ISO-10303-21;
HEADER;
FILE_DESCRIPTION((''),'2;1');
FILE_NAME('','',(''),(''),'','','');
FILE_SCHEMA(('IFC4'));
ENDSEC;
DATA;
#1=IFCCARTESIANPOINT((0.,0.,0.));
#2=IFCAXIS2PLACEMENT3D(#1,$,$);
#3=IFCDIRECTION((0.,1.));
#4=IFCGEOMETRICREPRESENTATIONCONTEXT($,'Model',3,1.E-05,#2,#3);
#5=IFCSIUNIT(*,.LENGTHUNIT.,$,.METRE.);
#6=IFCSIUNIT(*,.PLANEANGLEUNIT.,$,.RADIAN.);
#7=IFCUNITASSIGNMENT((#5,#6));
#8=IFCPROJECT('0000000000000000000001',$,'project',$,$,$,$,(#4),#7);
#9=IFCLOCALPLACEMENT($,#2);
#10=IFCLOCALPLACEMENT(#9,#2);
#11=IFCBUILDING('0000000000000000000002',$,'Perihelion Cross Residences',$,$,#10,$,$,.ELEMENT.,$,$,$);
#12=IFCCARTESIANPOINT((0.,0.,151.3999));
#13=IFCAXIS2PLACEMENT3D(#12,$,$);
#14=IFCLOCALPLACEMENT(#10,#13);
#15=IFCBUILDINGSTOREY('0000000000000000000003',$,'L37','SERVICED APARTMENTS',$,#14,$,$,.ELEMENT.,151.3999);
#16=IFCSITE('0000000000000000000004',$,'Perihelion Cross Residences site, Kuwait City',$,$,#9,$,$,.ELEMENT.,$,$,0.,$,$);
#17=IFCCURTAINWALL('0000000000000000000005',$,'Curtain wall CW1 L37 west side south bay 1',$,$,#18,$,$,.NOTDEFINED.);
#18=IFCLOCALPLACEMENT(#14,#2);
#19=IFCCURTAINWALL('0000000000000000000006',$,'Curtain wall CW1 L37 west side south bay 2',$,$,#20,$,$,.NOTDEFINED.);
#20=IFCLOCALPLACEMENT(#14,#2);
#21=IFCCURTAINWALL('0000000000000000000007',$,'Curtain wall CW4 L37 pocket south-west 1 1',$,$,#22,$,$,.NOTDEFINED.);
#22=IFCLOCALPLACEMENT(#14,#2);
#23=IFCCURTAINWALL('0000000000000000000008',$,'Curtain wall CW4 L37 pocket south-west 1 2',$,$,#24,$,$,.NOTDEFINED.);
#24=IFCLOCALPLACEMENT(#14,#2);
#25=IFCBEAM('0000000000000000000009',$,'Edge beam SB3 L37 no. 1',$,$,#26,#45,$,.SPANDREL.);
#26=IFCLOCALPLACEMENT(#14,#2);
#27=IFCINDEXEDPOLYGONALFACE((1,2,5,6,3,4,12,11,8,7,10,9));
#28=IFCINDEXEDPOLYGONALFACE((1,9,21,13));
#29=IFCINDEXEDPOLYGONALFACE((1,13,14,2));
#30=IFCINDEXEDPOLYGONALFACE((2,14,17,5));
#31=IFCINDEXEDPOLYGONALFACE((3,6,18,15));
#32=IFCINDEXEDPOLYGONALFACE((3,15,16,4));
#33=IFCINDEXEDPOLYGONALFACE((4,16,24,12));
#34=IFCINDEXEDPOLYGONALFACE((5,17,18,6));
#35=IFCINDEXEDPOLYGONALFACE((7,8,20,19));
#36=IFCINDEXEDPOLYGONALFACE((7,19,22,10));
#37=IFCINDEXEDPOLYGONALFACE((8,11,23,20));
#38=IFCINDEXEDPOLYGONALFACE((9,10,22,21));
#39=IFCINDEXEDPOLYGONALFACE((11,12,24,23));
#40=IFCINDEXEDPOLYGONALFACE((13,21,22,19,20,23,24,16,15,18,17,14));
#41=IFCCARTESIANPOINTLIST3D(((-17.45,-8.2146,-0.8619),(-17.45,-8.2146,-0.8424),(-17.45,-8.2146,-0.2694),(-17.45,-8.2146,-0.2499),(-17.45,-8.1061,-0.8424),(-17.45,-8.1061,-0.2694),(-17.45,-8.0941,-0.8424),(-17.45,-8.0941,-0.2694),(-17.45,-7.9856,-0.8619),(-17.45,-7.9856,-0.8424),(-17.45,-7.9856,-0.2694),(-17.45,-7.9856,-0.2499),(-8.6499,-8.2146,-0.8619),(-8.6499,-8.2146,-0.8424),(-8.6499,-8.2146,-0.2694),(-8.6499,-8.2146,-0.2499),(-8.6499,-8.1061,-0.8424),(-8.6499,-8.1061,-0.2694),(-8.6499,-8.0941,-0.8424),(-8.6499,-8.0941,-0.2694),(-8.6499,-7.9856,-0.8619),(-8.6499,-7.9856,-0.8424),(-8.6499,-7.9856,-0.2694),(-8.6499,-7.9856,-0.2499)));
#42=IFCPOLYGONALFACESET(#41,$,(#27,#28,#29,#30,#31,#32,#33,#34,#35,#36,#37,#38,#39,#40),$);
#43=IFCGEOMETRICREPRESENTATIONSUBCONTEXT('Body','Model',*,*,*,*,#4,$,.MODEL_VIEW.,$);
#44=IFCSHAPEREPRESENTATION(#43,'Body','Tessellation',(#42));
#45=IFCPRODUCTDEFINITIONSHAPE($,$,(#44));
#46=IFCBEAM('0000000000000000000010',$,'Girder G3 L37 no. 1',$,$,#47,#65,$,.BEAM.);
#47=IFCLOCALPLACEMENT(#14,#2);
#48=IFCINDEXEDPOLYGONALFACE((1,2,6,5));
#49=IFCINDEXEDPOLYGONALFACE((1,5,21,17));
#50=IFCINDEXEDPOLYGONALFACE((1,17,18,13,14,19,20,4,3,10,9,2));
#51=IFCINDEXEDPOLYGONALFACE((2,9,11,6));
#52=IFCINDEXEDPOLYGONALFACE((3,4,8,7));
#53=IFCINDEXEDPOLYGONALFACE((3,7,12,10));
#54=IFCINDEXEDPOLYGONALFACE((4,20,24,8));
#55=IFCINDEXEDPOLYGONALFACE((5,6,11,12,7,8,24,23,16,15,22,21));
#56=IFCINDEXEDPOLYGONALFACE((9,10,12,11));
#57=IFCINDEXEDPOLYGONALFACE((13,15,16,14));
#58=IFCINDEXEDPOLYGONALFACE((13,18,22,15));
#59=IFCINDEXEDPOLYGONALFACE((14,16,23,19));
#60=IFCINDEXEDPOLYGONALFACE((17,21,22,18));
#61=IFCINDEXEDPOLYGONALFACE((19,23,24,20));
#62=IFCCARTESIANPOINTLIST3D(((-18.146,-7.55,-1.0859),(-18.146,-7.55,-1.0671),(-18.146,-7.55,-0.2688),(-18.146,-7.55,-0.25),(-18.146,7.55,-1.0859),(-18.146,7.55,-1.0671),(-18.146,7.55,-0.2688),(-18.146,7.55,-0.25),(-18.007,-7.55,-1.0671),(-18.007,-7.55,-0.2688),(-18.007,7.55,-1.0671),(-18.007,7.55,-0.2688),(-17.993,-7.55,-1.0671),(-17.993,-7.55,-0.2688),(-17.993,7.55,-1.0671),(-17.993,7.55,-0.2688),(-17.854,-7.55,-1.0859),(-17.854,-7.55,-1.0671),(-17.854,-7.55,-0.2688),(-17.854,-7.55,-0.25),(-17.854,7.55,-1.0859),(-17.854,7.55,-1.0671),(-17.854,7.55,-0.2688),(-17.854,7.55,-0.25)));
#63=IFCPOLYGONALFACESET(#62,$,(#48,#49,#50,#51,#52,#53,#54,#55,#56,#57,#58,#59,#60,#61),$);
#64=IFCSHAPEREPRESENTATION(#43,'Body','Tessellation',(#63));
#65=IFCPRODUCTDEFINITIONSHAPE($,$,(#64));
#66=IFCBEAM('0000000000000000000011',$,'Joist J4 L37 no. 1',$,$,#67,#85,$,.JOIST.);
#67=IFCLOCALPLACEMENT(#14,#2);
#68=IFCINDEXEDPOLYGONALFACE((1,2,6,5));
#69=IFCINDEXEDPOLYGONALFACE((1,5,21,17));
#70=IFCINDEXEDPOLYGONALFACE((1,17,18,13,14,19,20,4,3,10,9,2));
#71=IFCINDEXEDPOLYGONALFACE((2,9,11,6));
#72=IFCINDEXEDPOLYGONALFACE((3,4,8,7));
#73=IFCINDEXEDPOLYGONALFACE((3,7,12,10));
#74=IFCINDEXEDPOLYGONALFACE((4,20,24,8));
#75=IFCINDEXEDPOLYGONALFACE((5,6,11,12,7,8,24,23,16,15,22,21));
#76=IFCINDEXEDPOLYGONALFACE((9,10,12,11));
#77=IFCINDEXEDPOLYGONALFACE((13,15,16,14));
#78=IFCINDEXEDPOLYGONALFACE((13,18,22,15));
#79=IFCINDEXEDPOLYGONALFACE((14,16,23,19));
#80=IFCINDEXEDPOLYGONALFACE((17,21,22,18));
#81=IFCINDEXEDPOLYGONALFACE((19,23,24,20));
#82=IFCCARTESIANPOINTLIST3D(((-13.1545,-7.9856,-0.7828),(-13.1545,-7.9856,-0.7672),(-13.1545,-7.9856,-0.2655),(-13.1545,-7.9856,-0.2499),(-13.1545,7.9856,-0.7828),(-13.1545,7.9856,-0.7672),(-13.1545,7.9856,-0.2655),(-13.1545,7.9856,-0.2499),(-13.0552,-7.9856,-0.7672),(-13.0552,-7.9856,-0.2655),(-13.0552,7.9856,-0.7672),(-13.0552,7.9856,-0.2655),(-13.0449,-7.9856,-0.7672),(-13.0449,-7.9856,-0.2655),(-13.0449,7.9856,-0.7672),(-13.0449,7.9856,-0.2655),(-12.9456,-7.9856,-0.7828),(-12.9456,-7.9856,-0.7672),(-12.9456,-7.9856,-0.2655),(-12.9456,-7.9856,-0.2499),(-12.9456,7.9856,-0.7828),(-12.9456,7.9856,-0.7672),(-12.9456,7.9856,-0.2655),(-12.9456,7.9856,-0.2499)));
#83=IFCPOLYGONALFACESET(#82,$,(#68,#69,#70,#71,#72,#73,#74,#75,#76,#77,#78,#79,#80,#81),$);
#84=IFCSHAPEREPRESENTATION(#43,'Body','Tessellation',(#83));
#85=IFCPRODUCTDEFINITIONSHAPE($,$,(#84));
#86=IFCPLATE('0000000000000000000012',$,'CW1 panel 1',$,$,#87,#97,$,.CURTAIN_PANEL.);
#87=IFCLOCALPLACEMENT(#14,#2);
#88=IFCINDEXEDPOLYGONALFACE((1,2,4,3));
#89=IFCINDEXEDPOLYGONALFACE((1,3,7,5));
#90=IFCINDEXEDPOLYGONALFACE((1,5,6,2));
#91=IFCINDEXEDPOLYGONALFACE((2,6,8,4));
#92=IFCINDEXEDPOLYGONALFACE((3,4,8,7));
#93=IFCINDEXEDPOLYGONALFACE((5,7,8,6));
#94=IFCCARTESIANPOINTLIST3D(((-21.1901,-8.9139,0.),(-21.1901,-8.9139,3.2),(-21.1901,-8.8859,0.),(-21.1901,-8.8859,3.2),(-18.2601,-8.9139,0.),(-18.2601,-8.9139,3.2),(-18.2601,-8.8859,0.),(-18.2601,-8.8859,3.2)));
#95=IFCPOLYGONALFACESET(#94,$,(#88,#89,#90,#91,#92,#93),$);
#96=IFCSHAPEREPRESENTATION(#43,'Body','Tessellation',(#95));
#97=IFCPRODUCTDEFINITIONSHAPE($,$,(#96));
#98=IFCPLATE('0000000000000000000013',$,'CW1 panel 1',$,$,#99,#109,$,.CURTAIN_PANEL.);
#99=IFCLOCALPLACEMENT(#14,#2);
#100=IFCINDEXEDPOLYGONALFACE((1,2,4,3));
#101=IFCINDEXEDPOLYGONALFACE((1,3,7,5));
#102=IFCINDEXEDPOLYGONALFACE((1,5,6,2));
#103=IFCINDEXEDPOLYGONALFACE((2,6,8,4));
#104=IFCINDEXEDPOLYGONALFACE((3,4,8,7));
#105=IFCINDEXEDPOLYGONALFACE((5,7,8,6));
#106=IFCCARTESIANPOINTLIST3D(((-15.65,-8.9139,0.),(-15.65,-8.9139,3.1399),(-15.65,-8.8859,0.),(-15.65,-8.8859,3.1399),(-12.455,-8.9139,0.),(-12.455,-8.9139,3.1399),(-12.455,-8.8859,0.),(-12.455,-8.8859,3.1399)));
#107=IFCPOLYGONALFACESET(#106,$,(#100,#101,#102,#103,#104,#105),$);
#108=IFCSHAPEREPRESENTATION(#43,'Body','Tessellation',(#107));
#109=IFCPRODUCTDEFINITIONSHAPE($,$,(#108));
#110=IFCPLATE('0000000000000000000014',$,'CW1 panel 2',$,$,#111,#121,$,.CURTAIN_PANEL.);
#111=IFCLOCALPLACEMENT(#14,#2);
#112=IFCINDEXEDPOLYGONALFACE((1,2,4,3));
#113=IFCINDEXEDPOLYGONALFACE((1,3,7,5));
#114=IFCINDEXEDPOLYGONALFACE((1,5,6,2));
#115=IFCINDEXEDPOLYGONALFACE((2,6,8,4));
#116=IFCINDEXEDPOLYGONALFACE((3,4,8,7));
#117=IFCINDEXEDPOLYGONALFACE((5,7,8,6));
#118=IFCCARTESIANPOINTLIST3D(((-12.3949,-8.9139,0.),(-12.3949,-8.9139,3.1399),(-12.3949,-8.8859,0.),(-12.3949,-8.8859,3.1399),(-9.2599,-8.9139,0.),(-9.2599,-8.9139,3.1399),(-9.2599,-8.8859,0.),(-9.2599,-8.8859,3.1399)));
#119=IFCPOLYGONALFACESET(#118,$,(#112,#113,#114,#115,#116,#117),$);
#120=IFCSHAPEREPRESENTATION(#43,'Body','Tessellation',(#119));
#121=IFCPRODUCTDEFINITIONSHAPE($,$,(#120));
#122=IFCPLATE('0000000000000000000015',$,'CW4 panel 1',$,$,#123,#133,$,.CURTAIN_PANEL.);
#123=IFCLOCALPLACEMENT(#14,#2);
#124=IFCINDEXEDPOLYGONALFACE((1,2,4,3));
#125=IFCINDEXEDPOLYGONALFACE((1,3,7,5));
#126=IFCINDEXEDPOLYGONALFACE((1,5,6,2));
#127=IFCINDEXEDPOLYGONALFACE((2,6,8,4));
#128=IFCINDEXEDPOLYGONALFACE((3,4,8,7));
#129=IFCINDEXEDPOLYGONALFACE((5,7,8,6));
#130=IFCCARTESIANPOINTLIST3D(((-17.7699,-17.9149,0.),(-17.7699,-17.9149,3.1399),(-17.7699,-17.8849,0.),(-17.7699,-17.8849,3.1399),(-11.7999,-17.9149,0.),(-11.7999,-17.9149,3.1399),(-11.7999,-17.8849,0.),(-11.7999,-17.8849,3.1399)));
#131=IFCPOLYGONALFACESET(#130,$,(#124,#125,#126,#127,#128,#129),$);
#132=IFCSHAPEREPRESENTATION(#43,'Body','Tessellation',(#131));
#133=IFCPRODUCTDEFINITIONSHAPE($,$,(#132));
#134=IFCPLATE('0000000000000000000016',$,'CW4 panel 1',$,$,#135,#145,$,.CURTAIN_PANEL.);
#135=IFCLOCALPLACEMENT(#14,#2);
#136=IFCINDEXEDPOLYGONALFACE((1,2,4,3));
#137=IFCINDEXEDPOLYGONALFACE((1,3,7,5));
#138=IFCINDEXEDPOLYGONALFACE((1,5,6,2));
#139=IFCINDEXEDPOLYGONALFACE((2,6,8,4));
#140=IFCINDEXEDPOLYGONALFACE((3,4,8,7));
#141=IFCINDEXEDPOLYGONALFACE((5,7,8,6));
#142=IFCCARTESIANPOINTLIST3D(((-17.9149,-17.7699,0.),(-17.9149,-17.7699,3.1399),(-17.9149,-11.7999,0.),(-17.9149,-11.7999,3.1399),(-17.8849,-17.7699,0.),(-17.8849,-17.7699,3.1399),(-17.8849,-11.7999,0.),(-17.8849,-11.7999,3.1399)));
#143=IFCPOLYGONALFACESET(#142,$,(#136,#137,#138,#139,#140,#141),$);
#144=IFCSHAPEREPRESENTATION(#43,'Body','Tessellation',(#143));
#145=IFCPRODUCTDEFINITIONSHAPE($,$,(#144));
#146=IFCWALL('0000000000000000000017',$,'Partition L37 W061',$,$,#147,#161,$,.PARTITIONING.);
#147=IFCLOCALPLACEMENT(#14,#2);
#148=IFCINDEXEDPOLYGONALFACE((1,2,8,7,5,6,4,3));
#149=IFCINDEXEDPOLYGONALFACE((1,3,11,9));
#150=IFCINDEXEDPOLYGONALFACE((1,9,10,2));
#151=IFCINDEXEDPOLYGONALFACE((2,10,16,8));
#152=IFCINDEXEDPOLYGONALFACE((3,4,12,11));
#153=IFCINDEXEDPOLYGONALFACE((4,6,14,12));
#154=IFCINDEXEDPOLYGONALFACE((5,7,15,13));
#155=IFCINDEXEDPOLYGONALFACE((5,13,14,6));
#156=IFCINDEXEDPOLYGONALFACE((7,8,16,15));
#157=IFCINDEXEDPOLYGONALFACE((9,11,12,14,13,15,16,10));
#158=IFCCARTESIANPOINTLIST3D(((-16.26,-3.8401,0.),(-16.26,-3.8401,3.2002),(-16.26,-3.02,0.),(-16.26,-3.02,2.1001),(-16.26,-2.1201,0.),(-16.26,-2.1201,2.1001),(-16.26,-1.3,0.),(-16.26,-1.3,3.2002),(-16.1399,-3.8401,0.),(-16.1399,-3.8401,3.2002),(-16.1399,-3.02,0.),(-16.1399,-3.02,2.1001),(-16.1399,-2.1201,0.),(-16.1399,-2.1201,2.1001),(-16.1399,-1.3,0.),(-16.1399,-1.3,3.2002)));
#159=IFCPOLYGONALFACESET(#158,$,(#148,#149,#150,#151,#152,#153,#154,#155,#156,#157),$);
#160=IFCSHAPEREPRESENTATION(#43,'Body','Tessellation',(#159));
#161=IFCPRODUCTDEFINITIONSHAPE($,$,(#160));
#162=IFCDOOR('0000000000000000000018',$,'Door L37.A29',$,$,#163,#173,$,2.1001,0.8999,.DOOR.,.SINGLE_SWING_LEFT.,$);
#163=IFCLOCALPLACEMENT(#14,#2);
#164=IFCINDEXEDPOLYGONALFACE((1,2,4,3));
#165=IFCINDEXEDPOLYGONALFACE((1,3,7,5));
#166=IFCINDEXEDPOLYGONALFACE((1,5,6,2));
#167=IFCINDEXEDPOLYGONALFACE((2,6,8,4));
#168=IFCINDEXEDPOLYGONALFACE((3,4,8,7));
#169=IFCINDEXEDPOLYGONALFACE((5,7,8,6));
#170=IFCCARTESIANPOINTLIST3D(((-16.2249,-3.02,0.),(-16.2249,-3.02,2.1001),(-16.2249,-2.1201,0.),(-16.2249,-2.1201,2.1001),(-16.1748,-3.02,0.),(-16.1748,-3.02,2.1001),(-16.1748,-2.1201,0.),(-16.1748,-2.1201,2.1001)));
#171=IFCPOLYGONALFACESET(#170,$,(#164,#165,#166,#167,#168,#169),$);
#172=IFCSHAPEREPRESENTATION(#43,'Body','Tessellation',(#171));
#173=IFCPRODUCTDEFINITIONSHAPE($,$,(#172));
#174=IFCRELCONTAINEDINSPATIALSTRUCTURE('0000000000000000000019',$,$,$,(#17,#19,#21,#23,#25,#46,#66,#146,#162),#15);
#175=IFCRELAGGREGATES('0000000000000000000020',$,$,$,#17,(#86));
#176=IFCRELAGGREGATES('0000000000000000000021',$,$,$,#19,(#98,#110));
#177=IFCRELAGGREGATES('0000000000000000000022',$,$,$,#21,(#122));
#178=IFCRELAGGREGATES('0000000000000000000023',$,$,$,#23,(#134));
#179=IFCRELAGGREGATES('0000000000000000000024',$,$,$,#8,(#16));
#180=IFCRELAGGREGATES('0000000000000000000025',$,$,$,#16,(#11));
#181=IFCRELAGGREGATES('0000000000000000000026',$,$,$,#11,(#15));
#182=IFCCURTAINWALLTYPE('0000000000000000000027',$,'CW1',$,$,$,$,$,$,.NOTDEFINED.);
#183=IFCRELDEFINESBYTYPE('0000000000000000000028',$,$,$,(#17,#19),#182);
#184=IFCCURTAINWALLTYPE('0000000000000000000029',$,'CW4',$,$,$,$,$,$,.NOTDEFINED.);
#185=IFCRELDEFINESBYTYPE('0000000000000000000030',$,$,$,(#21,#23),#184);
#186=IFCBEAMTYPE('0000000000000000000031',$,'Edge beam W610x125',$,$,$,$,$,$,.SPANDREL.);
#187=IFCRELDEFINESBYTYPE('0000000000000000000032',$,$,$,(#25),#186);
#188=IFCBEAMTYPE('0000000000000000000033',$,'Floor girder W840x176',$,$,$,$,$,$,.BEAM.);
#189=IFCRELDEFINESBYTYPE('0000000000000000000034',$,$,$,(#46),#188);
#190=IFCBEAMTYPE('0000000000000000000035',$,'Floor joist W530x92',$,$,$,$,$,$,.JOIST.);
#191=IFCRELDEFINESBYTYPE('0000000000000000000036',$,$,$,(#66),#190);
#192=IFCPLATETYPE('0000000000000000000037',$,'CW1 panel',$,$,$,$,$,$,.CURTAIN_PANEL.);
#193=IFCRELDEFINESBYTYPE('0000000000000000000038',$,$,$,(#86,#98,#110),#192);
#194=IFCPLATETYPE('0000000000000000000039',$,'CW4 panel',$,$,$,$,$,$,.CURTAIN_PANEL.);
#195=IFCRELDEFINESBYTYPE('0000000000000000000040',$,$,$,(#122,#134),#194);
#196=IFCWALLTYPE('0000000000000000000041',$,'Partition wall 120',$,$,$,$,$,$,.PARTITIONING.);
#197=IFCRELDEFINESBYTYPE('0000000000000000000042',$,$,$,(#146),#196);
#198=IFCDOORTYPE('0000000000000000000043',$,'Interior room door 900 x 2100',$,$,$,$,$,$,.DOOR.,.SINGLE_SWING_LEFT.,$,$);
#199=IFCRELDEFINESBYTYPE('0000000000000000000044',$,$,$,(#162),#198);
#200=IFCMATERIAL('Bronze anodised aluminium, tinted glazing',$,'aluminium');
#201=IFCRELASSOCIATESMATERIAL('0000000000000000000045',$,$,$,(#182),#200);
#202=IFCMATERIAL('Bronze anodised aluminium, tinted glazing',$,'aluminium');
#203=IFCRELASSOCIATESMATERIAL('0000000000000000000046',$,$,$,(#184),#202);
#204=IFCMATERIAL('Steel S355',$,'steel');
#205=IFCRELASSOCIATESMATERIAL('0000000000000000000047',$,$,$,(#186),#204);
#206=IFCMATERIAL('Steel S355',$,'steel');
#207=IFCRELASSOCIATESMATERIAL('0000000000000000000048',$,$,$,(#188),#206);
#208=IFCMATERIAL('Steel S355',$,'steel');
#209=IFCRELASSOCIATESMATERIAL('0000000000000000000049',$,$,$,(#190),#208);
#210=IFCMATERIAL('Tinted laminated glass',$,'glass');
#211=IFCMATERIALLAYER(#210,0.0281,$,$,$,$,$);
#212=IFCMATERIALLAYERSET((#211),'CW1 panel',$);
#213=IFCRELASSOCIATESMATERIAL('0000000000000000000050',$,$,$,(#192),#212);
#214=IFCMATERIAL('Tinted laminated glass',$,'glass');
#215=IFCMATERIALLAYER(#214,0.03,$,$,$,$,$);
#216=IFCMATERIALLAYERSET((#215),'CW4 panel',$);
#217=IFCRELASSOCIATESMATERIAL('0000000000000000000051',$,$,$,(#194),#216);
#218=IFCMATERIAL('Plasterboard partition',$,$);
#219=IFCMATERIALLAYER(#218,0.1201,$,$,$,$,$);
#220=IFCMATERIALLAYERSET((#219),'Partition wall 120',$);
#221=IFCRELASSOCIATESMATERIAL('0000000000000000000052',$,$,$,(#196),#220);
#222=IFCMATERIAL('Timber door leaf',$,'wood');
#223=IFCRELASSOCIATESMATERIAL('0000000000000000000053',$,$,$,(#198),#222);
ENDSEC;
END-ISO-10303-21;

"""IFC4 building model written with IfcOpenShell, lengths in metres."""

from ifc_helpers import new_model, si_unit, direction, frame, frame_2d, origin, origin_2d, place, context, subcontext, project, spatial, rectangle, i_section, extrude, material, layer, layer_set, material_profile, profile_set, type_object, element, fill, aggregate, save


model = new_model("IFC4")

# Units and contexts
model_context = context("Model", 3, precision=1e-05, world=origin(), true_north=direction((0.0, 1.0)))
body_context = subcontext(model_context, "Body", "Model", "MODEL_VIEW")
ifc_project = project(units=[si_unit("LENGTHUNIT", "METRE"), si_unit("PLANEANGLEUNIT", "RADIAN")], contexts=[model_context])

# Site, building, storey
site_placement = place(None, origin())
site = spatial("IfcSite", under=ifc_project, at=site_placement, Name="Perihelion Cross Residences site, Kuwait City", CompositionType="ELEMENT", RefElevation=0.0)
building_placement = place(site_placement, origin())
building = spatial("IfcBuilding", under=site, at=building_placement, Name="Perihelion Cross Residences", CompositionType="ELEMENT")
storey_placement = place(building_placement, frame((0.0, 0.0, 151.3999)))
storey = spatial("IfcBuildingStorey", under=building, at=storey_placement, Name="L37", Description="SERVICED APARTMENTS", CompositionType="ELEMENT", Elevation=151.3999)

# Curtain wall
ifc_material_1 = material(Name="Bronze anodised aluminium, tinted glazing", Category="aluminium")
curtain_wall_type_1 = type_object("IfcCurtainWallType", Name="CW1", PredefinedType="NOTDEFINED", material=ifc_material_1)
curtain_wall_1_placement = place(storey_placement, origin())
curtain_wall_1 = element("IfcCurtainWall", 1, at=curtain_wall_1_placement, inside=storey, type_object=curtain_wall_type_1, Name="Curtain wall CW1 L37 west side south bay 1", PredefinedType="NOTDEFINED")

# Curtain walls
curtain_wall_2_placement = place(storey_placement, origin())
curtain_wall_2 = element("IfcCurtainWall", 2, at=curtain_wall_2_placement, inside=storey, type_object=curtain_wall_type_1, Name="Curtain wall CW1 L37 west side south bay 2", PredefinedType="NOTDEFINED")
ifc_material_2 = material(Name="Bronze anodised aluminium, tinted glazing", Category="aluminium")
curtain_wall_type_2 = type_object("IfcCurtainWallType", Name="CW4", PredefinedType="NOTDEFINED", material=ifc_material_2)
curtain_wall_3_placement = place(storey_placement, origin())
curtain_wall_3 = element("IfcCurtainWall", 3, at=curtain_wall_3_placement, inside=storey, type_object=curtain_wall_type_2, Name="Curtain wall CW4 L37 pocket south-west 1 1", PredefinedType="NOTDEFINED")
curtain_wall_4_placement = place(storey_placement, origin())
curtain_wall_4 = element("IfcCurtainWall", 4, at=curtain_wall_4_placement, inside=storey, type_object=curtain_wall_type_2, Name="Curtain wall CW4 L37 pocket south-west 1 2", PredefinedType="NOTDEFINED")

# Beams
ifc_material_3 = material(Name="Steel S355", Category="steel")
ifc_material_profile_1 = material_profile(ifc_material_3, i_section(OverallWidth=0.229, OverallDepth=0.6121, WebThickness=0.012, FlangeThickness=0.0195, at=origin_2d()), Name="W610x125")
ifc_profile_set_1 = profile_set([ifc_material_profile_1], Name="Steel S355")
beam_type_1 = type_object("IfcBeamType", Name="Edge beam W610x125", PredefinedType="SPANDREL", material=ifc_profile_set_1)
beam_1_placement = place(storey_placement, frame((-17.45, -8.1001, -0.5559), z_axis=(1.0, 0.0, 0.0), x_axis=(0.0, 1.0, 0.0)))
element("IfcBeam", 5, at=beam_1_placement, inside=storey, type_object=beam_type_1, Name="Edge beam SB3 L37 no. 1", PredefinedType="SPANDREL", context=body_context, shape_type="SweptSolid", body=[
    extrude(i_section(OverallWidth=0.229, OverallDepth=0.6121, WebThickness=0.012, FlangeThickness=0.0195, at=origin_2d()), origin(), (0.0, 0.0, 1.0), 8.8),
])
ifc_material_4 = material(Name="Steel S355", Category="steel")
ifc_material_profile_2 = material_profile(ifc_material_4, i_section(OverallWidth=0.292, OverallDepth=0.8359, WebThickness=0.0139, FlangeThickness=0.0188, at=origin_2d()), Name="W840x176")
ifc_profile_set_2 = profile_set([ifc_material_profile_2], Name="Steel S355")
beam_type_2 = type_object("IfcBeamType", Name="Floor girder W840x176", PredefinedType="BEAM", material=ifc_profile_set_2)
beam_2_placement = place(storey_placement, frame((-18.0, -7.55, -0.668), z_axis=(0.0, 1.0, 0.0), x_axis=(-1.0, 0.0, 0.0)))
element("IfcBeam", 6, at=beam_2_placement, inside=storey, type_object=beam_type_2, Name="Girder G3 L37 no. 1", PredefinedType="BEAM", context=body_context, shape_type="SweptSolid", body=[
    extrude(i_section(OverallWidth=0.292, OverallDepth=0.8359, WebThickness=0.0139, FlangeThickness=0.0188, at=origin_2d()), origin(), (0.0, 0.0, 1.0), 15.1001),
])
ifc_material_5 = material(Name="Steel S355", Category="steel")
ifc_material_profile_3 = material_profile(ifc_material_5, i_section(OverallWidth=0.209, OverallDepth=0.533, WebThickness=0.0103, FlangeThickness=0.0156, at=origin_2d()), Name="W530x92")
ifc_profile_set_3 = profile_set([ifc_material_profile_3], Name="Steel S355")
beam_type_3 = type_object("IfcBeamType", Name="Floor joist W530x92", PredefinedType="JOIST", material=ifc_profile_set_3)
beam_3_placement = place(storey_placement, frame((-13.05, -7.9856, -0.5164), z_axis=(0.0, 1.0, 0.0), x_axis=(-1.0, 0.0, 0.0)))
element("IfcBeam", 7, at=beam_3_placement, inside=storey, type_object=beam_type_3, Name="Joist J4 L37 no. 1", PredefinedType="JOIST", context=body_context, shape_type="SweptSolid", body=[
    extrude(i_section(OverallWidth=0.209, OverallDepth=0.533, WebThickness=0.0103, FlangeThickness=0.0156, at=origin_2d()), origin(), (0.0, 0.0, 1.0), 15.9712),
])

# Plates
ifc_material_6 = material(Name="Tinted laminated glass", Category="glass")
ifc_layer_1 = layer(ifc_material_6, 0.0281)
ifc_layer_set_1 = layer_set([ifc_layer_1], Name="CW1 panel")
plate_type_1 = type_object("IfcPlateType", Name="CW1 panel", PredefinedType="CURTAIN_PANEL", material=ifc_layer_set_1)
plate_1_placement = place(storey_placement, frame((-19.7251, -8.8999, 0.0), z_axis=(0.0, 0.0, 1.0), x_axis=(1.0, 0.0, 0.0)))
plate_1 = element("IfcPlate", 8, at=plate_1_placement, type_object=plate_type_1, Name="CW1 panel 1", PredefinedType="CURTAIN_PANEL", context=body_context, shape_type="SweptSolid", body=[
    extrude(rectangle(XDim=2.9299, YDim=0.0281, at=origin_2d()), origin(), (0.0, 0.0, 1.0), 3.2),
])
aggregate(curtain_wall_1, [plate_1])
plate_2_placement = place(storey_placement, frame((-14.0525, -8.8999, 0.0), z_axis=(0.0, 0.0, 1.0), x_axis=(1.0, 0.0, 0.0)))
plate_2 = element("IfcPlate", 9, at=plate_2_placement, type_object=plate_type_1, Name="CW1 panel 1", PredefinedType="CURTAIN_PANEL", context=body_context, shape_type="SweptSolid", body=[
    extrude(rectangle(XDim=3.1951, YDim=0.0281, at=origin_2d()), origin(), (0.0, 0.0, 1.0), 3.1399),
])
plate_3_placement = place(storey_placement, frame((-10.8274, -8.8999, 0.0), z_axis=(0.0, 0.0, 1.0), x_axis=(1.0, 0.0, 0.0)))
plate_3 = element("IfcPlate", 10, at=plate_3_placement, type_object=plate_type_1, Name="CW1 panel 2", PredefinedType="CURTAIN_PANEL", context=body_context, shape_type="SweptSolid", body=[
    extrude(rectangle(XDim=3.135, YDim=0.0281, at=origin_2d()), origin(), (0.0, 0.0, 1.0), 3.1399),
])
aggregate(curtain_wall_2, [plate_2, plate_3])
ifc_material_7 = material(Name="Tinted laminated glass", Category="glass")
ifc_layer_2 = layer(ifc_material_7, 0.03)
ifc_layer_set_2 = layer_set([ifc_layer_2], Name="CW4 panel")
plate_type_2 = type_object("IfcPlateType", Name="CW4 panel", PredefinedType="CURTAIN_PANEL", material=ifc_layer_set_2)
plate_4_placement = place(storey_placement, frame((-14.7849, -17.8999, 0.0), z_axis=(0.0, 0.0, 1.0), x_axis=(-1.0, 0.0, 0.0)))
plate_4 = element("IfcPlate", 11, at=plate_4_placement, type_object=plate_type_2, Name="CW4 panel 1", PredefinedType="CURTAIN_PANEL", context=body_context, shape_type="SweptSolid", body=[
    extrude(rectangle(XDim=5.97, YDim=0.03, at=origin_2d()), origin(), (0.0, 0.0, 1.0), 3.1399),
])
aggregate(curtain_wall_3, [plate_4])
plate_5_placement = place(storey_placement, frame((-17.8999, -14.7849, 0.0), z_axis=(0.0, 0.0, 1.0), x_axis=(0.0, 1.0, 0.0)))
plate_5 = element("IfcPlate", 12, at=plate_5_placement, type_object=plate_type_2, Name="CW4 panel 1", PredefinedType="CURTAIN_PANEL", context=body_context, shape_type="SweptSolid", body=[
    extrude(rectangle(XDim=5.97, YDim=0.03, at=origin_2d()), origin(), (0.0, 0.0, 1.0), 3.1399),
])
aggregate(curtain_wall_4, [plate_5])

# Wall, opening, door
ifc_material_8 = material(Name="Plasterboard partition")
ifc_layer_3 = layer(ifc_material_8, 0.1201)
ifc_layer_set_3 = layer_set([ifc_layer_3], Name="Partition wall 120")
wall_type_1 = type_object("IfcWallType", Name="Partition wall 120", PredefinedType="PARTITIONING", material=ifc_layer_set_3)
wall_1_placement = place(storey_placement, frame((-16.2, -3.8401, 0.0), z_axis=(0.0, 0.0, 1.0), x_axis=(0.0, 1.0, 0.0)))
wall_1 = element("IfcWall", 13, at=wall_1_placement, inside=storey, type_object=wall_type_1, Name="Partition L37 W061", PredefinedType="PARTITIONING", context=body_context, shape_type="SweptSolid", body=[
    extrude(rectangle(XDim=2.54, YDim=0.1201, at=frame_2d((1.27, 0.0))), origin(), (0.0, 0.0, 1.0), 3.2002),
])
opening_1_placement = place(wall_1_placement, frame((0.8201, 0.0, 0.0)))
opening_1 = element("IfcOpeningElement", 14, at=opening_1_placement, cuts=wall_1, PredefinedType="OPENING", context=body_context, shape_type="SweptSolid", body=[
    extrude(rectangle(XDim=0.8999, YDim=2.1001, at=frame_2d((0.45, 1.05))), frame((0.0, 0.0701, 0.0), z_axis=(0.0, -1.0, 0.0), x_axis=(1.0, 0.0, 0.0)), (0.0, 0.0, 1.0), 0.1401),
])
ifc_material_9 = material(Name="Timber door leaf", Category="wood")
door_type_1 = type_object("IfcDoorType", Name="Interior room door 900 x 2100", OperationType="SINGLE_SWING_LEFT", PredefinedType="DOOR", material=ifc_material_9)
door_1_placement = place(opening_1_placement, origin())
door_1 = element("IfcDoor", 15, at=door_1_placement, inside=storey, type_object=door_type_1, Name="Door L37.A29", OperationType="SINGLE_SWING_LEFT", OverallHeight=2.1001, OverallWidth=0.8999, PredefinedType="DOOR", context=body_context, shape_type="SweptSolid", body=[
    extrude(rectangle(XDim=0.8999, YDim=2.1001, at=frame_2d((0.45, 1.05))), frame((0.0, 0.0249, 0.0), z_axis=(0.0, -1.0, 0.0), x_axis=(1.0, 0.0, 0.0)), (0.0, 0.0, 1.0), 0.05),
])
fill(opening_1, door_1)

save(model, "model.ifc")
